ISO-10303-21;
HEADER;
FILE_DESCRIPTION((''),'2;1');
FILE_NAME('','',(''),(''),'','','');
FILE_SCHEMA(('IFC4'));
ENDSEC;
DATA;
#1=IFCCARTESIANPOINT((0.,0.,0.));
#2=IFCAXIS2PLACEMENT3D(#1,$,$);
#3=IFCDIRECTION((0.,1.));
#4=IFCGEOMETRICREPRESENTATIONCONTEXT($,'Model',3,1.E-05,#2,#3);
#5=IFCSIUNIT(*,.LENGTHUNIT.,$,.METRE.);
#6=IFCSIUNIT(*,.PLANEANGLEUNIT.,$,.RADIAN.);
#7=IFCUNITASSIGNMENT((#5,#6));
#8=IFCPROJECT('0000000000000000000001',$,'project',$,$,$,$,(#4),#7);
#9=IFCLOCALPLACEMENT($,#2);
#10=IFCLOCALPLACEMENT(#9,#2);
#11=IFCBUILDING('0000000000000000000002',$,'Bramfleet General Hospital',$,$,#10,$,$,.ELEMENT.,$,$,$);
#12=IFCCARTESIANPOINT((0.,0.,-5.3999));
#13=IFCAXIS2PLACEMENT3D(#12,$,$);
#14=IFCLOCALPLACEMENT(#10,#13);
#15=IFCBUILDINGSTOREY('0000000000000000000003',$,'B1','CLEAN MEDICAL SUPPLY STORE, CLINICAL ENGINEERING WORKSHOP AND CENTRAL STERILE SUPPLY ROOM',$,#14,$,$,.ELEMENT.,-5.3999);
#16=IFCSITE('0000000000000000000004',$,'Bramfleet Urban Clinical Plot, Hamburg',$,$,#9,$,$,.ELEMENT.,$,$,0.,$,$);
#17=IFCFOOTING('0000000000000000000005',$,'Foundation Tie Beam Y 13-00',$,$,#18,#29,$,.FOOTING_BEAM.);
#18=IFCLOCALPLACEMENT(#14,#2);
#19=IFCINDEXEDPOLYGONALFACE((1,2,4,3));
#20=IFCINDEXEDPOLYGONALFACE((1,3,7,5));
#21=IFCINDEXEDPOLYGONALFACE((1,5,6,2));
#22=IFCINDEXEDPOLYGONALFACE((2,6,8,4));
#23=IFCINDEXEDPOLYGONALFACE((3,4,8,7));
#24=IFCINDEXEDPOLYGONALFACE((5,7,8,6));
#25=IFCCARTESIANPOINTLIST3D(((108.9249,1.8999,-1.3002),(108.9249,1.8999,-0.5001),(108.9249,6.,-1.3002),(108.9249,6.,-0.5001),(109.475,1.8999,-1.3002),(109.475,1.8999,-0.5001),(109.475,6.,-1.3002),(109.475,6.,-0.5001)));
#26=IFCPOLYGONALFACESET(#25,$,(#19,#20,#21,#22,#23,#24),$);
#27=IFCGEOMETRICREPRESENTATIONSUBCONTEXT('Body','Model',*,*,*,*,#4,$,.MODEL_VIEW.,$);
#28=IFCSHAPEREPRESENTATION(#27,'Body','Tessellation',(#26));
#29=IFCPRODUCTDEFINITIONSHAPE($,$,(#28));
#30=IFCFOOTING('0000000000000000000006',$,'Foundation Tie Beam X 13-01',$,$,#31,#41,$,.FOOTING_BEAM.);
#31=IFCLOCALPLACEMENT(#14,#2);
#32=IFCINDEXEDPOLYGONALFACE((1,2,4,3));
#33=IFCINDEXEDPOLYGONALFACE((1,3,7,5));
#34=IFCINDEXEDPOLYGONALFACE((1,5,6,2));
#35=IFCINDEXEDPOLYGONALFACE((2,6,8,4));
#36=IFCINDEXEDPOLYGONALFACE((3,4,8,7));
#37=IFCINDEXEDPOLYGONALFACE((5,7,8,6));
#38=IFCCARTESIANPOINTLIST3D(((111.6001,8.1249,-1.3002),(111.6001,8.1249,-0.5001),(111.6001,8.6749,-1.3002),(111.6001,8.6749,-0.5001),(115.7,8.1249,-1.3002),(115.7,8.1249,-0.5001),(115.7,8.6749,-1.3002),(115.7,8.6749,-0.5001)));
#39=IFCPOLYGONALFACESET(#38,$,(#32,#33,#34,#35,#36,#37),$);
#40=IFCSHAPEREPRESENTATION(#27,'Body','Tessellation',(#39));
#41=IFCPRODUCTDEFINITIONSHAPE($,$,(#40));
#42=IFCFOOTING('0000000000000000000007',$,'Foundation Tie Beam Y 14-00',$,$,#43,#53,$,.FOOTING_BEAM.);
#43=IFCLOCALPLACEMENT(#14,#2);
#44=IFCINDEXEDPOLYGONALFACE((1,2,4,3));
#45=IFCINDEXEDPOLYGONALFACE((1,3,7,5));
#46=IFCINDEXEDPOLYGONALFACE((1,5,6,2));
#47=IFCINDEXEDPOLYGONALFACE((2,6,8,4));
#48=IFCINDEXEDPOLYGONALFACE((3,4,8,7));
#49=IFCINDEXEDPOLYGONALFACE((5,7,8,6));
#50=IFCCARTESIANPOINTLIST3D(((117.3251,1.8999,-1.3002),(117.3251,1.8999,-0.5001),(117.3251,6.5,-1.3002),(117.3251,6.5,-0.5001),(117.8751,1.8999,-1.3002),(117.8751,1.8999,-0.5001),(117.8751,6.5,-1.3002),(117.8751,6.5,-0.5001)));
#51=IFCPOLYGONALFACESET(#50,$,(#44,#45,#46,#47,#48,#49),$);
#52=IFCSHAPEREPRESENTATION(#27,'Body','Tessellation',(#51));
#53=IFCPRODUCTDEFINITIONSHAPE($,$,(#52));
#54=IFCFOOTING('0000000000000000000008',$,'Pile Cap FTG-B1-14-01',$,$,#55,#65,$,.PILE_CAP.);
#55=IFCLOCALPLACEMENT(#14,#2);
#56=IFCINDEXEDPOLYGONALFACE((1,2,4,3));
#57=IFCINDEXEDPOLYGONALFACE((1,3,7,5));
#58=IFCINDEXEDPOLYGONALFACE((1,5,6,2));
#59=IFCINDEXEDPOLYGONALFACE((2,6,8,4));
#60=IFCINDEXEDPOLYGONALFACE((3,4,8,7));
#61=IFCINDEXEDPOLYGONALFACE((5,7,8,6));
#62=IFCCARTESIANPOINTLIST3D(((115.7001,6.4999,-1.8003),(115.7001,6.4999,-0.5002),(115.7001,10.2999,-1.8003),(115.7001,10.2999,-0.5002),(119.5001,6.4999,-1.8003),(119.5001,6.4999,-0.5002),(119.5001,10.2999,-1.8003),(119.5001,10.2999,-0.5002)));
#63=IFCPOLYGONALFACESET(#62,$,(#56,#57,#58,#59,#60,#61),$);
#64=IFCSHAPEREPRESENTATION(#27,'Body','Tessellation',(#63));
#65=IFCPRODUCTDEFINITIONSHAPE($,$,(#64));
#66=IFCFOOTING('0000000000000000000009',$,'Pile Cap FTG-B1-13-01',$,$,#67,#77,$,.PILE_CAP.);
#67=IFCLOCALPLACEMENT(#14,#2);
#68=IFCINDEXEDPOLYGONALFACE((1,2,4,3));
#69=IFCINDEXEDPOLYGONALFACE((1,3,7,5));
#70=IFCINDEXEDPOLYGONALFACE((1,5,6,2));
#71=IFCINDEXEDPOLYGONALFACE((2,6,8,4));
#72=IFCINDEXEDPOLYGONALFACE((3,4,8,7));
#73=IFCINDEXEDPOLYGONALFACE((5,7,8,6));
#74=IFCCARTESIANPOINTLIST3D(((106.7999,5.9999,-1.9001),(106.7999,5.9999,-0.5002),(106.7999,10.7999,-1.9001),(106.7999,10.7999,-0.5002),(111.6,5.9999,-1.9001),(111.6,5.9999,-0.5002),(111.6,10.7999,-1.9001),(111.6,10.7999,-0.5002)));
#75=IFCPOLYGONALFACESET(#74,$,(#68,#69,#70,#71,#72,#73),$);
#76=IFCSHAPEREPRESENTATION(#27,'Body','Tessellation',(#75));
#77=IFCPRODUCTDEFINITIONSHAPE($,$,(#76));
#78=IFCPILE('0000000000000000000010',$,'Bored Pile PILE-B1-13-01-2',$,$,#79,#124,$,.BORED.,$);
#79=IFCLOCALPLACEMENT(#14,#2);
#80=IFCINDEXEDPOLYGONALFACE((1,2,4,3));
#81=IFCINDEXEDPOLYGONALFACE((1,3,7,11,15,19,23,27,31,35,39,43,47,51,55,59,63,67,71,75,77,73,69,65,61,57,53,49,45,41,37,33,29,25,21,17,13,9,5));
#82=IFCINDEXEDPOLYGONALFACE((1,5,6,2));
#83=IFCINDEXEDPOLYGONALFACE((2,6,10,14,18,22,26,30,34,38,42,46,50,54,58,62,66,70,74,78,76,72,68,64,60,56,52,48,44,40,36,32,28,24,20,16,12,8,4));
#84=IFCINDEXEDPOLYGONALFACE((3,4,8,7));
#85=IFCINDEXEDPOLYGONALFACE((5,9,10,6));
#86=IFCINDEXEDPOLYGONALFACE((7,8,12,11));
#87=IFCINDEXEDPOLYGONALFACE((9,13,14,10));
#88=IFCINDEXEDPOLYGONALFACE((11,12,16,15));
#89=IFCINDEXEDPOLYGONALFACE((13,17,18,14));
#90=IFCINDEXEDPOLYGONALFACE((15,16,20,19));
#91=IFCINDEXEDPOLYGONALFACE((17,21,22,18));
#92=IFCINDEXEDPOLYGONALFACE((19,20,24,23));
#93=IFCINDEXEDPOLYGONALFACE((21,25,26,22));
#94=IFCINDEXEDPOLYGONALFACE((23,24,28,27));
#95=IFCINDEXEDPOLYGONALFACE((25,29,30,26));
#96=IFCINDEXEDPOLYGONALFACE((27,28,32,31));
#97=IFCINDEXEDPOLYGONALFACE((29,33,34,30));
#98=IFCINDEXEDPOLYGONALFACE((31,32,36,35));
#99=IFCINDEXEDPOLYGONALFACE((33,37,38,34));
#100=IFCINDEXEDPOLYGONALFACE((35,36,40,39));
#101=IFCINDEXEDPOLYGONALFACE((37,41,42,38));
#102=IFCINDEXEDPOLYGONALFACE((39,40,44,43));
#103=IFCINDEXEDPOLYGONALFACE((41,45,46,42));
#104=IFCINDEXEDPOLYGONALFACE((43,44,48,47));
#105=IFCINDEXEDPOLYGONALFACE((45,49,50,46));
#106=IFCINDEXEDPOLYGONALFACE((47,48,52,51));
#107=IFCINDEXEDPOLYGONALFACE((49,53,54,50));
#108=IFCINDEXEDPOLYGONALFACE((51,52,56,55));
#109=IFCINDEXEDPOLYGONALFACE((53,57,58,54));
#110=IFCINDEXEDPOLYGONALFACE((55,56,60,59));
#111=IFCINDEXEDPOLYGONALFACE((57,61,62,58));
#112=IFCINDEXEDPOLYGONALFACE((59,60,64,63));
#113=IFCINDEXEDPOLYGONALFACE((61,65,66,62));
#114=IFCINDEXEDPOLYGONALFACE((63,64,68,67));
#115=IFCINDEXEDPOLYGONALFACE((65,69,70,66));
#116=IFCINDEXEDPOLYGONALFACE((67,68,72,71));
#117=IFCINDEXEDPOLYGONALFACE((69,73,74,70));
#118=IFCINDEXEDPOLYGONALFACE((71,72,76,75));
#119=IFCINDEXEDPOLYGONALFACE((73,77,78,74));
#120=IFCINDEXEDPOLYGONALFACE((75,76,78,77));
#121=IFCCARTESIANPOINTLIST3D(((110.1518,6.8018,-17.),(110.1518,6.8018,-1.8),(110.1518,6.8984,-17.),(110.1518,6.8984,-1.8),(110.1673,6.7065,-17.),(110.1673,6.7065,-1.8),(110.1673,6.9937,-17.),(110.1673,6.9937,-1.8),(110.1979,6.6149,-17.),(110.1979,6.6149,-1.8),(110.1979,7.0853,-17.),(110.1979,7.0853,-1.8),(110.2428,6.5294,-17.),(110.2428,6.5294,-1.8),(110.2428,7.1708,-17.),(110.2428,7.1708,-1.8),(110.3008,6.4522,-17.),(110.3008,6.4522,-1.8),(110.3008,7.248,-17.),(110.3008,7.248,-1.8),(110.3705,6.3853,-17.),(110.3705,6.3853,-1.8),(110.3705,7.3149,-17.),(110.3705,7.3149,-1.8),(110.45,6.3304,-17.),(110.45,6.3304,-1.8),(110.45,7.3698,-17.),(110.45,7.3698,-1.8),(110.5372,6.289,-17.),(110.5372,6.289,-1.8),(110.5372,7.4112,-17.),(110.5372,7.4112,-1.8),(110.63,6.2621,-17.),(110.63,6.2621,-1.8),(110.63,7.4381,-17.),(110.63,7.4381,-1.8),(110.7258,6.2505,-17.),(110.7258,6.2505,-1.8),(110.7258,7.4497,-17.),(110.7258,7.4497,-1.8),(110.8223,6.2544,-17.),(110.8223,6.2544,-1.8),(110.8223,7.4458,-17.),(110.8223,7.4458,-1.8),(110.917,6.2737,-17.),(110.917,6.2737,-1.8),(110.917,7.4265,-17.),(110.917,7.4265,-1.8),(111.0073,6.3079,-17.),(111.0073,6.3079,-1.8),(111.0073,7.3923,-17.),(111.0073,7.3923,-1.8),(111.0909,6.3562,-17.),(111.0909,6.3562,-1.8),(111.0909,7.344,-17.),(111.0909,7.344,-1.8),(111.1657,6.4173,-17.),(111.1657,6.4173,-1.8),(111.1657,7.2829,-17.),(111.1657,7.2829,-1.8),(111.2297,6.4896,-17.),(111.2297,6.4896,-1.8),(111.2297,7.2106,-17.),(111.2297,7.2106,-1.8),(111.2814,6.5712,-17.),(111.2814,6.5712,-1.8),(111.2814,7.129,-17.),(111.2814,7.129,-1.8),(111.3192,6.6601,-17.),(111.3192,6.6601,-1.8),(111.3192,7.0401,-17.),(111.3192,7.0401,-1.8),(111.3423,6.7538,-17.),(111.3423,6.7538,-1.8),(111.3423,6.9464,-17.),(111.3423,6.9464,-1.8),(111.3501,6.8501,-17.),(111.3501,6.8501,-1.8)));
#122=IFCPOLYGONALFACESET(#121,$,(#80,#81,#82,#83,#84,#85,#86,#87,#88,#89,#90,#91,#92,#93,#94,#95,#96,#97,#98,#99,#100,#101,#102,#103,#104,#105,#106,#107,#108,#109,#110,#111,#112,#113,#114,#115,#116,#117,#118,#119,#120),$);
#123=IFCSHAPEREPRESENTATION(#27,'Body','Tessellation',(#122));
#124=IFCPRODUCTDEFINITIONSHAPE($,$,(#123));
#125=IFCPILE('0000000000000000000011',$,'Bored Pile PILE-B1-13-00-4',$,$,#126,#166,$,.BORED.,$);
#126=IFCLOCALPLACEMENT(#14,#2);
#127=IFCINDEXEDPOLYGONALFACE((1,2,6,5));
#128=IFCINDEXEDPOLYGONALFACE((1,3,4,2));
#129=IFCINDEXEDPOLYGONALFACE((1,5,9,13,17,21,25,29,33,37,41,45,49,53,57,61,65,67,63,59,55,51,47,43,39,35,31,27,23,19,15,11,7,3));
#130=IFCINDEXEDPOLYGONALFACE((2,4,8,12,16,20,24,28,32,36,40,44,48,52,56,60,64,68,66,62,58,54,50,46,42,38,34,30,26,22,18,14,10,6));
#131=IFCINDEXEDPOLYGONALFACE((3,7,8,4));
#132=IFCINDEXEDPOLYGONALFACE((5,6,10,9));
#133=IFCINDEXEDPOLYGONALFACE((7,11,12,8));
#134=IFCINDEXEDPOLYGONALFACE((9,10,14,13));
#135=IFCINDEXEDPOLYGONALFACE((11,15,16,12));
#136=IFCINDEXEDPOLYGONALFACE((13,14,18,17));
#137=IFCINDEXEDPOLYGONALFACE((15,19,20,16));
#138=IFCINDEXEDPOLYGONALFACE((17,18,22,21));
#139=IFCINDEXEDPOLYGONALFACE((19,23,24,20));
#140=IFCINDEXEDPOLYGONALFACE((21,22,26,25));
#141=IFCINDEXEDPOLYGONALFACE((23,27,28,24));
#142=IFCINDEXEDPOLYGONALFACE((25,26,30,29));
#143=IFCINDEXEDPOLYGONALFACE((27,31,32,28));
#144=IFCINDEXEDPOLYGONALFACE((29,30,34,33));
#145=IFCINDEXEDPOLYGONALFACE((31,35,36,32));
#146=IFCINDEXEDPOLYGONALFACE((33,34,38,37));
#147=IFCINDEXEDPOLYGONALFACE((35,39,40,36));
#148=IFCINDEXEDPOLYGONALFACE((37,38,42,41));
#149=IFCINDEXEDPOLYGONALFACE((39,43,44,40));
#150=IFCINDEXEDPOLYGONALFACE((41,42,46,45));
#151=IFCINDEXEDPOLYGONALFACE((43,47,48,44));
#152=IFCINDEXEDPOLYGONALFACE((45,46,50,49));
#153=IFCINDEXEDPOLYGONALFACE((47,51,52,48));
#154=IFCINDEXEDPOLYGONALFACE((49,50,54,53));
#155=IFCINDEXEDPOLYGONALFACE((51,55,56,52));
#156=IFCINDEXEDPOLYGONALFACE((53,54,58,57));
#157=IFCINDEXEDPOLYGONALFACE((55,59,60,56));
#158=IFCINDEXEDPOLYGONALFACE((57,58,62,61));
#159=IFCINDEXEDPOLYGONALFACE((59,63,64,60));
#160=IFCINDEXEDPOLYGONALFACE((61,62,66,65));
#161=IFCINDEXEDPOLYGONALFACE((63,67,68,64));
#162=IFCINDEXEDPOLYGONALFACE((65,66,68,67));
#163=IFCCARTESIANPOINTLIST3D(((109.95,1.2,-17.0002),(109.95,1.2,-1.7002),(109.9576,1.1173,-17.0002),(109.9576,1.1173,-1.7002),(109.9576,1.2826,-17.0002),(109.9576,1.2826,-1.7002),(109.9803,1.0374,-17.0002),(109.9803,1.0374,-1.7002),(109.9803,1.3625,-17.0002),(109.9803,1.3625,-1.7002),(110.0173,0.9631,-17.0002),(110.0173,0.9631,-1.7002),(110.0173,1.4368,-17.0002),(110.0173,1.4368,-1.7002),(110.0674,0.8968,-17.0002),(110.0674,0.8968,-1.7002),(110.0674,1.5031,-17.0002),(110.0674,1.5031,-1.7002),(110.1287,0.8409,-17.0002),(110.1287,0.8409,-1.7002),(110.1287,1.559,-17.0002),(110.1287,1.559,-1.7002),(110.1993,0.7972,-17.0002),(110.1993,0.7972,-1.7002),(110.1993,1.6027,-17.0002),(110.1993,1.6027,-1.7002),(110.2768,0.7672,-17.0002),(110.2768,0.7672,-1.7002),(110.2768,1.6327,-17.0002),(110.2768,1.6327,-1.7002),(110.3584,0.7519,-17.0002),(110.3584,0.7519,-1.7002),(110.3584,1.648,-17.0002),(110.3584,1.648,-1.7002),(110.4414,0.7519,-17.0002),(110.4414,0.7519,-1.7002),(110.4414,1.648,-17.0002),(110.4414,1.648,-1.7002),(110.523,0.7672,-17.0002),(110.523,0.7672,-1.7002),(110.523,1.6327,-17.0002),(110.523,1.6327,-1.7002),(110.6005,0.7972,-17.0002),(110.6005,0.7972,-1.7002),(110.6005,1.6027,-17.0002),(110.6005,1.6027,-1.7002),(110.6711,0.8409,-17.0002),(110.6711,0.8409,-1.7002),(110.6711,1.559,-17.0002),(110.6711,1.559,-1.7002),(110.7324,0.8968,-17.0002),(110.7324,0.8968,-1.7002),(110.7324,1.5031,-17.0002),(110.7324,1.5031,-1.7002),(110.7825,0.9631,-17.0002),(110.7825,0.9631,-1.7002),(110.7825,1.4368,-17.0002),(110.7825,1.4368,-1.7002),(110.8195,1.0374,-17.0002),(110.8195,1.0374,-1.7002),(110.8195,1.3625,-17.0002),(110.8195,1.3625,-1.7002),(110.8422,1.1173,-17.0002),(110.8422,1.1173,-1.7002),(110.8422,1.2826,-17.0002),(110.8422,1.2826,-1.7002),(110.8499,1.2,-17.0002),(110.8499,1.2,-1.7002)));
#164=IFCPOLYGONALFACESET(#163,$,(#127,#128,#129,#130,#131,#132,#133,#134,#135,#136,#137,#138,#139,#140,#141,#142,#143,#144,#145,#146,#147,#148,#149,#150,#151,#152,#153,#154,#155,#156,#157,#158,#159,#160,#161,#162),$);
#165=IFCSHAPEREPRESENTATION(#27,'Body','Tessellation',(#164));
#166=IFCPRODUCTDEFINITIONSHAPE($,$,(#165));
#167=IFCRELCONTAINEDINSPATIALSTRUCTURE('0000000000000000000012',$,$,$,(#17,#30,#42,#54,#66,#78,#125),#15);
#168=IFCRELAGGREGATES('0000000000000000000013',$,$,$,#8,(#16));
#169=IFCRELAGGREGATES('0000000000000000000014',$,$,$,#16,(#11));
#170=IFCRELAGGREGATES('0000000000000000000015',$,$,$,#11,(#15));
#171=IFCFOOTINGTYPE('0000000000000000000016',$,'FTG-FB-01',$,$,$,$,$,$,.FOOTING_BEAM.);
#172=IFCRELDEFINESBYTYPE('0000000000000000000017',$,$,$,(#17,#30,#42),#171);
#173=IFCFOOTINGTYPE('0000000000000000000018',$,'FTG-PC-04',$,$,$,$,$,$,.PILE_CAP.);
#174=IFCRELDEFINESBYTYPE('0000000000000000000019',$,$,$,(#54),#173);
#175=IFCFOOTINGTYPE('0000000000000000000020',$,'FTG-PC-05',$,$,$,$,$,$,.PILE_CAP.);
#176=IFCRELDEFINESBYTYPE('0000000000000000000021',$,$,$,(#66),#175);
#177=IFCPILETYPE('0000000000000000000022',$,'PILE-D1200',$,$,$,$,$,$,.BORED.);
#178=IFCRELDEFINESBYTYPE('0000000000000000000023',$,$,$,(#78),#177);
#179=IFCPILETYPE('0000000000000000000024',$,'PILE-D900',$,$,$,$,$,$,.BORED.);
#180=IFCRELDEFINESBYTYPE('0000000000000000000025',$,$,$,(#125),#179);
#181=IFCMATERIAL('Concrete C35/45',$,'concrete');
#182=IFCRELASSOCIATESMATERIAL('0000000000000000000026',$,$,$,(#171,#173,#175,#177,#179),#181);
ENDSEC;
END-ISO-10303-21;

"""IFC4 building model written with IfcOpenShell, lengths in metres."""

from ifc_helpers import new_model, si_unit, direction, frame, origin, origin_2d, place, context, subcontext, project, spatial, rectangle, circle, extrude, material, material_profile, profile_set, type_object, element, save


model = new_model("IFC4")

# Units and contexts
model_context = context("Model", 3, precision=1e-05, world=origin(), true_north=direction((0.0, 1.0)))
body_context = subcontext(model_context, "Body", "Model", "MODEL_VIEW")
ifc_project = project(units=[si_unit("LENGTHUNIT", "METRE"), si_unit("PLANEANGLEUNIT", "RADIAN")], contexts=[model_context])

# Site, building, storey
site_placement = place(None, origin())
site = spatial("IfcSite", under=ifc_project, at=site_placement, Name="Bramfleet Urban Clinical Plot, Hamburg", CompositionType="ELEMENT", RefElevation=0.0)
building_placement = place(site_placement, origin())
building = spatial("IfcBuilding", under=site, at=building_placement, Name="Bramfleet General Hospital", CompositionType="ELEMENT")
storey_placement = place(building_placement, frame((0.0, 0.0, -5.3999)))
storey = spatial("IfcBuildingStorey", under=building, at=storey_placement, Name="B1", Description="CLEAN MEDICAL SUPPLY STORE, CLINICAL ENGINEERING WORKSHOP AND CENTRAL STERILE SUPPLY ROOM", CompositionType="ELEMENT", Elevation=-5.3999)

# Footings
ifc_material_1 = material(Name="Concrete C35/45", Category="concrete")
ifc_material_profile_1 = material_profile(ifc_material_1, rectangle(XDim=0.55, YDim=0.8, at=origin_2d()), Name="RC FB 800x550")
ifc_profile_set_1 = profile_set([ifc_material_profile_1], Name="Concrete C35/45")
footing_type_1 = type_object("IfcFootingType", Name="FTG-FB-01", PredefinedType="FOOTING_BEAM", material=ifc_profile_set_1)
footing_1_placement = place(storey_placement, frame((109.2, 1.8999, -0.9001), z_axis=(0.0, 1.0, 0.0), x_axis=(-1.0, 0.0, 0.0)))
element("IfcFooting", 1, at=footing_1_placement, inside=storey, type_object=footing_type_1, Name="Foundation Tie Beam Y 13-00", PredefinedType="FOOTING_BEAM", context=body_context, shape_type="SweptSolid", body=[
    extrude(rectangle(XDim=0.55, YDim=0.8, at=origin_2d()), origin(), (0.0, 0.0, 1.0), 4.1001),
])
footing_2_placement = place(storey_placement, frame((111.6001, 8.3999, -0.9001), z_axis=(1.0, 0.0, 0.0), x_axis=(0.0, 1.0, 0.0)))
element("IfcFooting", 2, at=footing_2_placement, inside=storey, type_object=footing_type_1, Name="Foundation Tie Beam X 13-01", PredefinedType="FOOTING_BEAM", context=body_context, shape_type="SweptSolid", body=[
    extrude(rectangle(XDim=0.55, YDim=0.8, at=origin_2d()), origin(), (0.0, 0.0, 1.0), 4.0999),
])
footing_3_placement = place(storey_placement, frame((117.6001, 1.8999, -0.9001), z_axis=(0.0, 1.0, 0.0), x_axis=(-1.0, 0.0, 0.0)))
element("IfcFooting", 3, at=footing_3_placement, inside=storey, type_object=footing_type_1, Name="Foundation Tie Beam Y 14-00", PredefinedType="FOOTING_BEAM", context=body_context, shape_type="SweptSolid", body=[
    extrude(rectangle(XDim=0.55, YDim=0.8, at=origin_2d()), origin(), (0.0, 0.0, 1.0), 4.6001),
])
footing_type_2 = type_object("IfcFootingType", Name="FTG-PC-04", PredefinedType="PILE_CAP", material=ifc_material_1)
footing_4_placement = place(storey_placement, frame((117.6001, 8.3999, -1.8003), z_axis=(0.0, 0.0, 1.0), x_axis=(1.0, 0.0, 0.0)))
element("IfcFooting", 4, at=footing_4_placement, inside=storey, type_object=footing_type_2, Name="Pile Cap FTG-B1-14-01", PredefinedType="PILE_CAP", context=body_context, shape_type="SweptSolid", body=[
    extrude(rectangle(XDim=3.8, YDim=3.8, at=origin_2d()), origin(), (0.0, 0.0, 1.0), 1.3),
])
footing_type_3 = type_object("IfcFootingType", Name="FTG-PC-05", PredefinedType="PILE_CAP", material=ifc_material_1)
footing_5_placement = place(storey_placement, frame((109.2, 8.3999, -1.9001), z_axis=(0.0, 0.0, 1.0), x_axis=(1.0, 0.0, 0.0)))
element("IfcFooting", 5, at=footing_5_placement, inside=storey, type_object=footing_type_3, Name="Pile Cap FTG-B1-13-01", PredefinedType="PILE_CAP", context=body_context, shape_type="SweptSolid", body=[
    extrude(rectangle(XDim=4.8, YDim=4.8, at=origin_2d()), origin(), (0.0, 0.0, 1.0), 1.3999),
])

# Piles
ifc_material_profile_2 = material_profile(ifc_material_1, circle(Radius=0.6001, at=origin_2d()), Name="PILE BORED D1200")
ifc_profile_set_2 = profile_set([ifc_material_profile_2], Name="Concrete C35/45")
pile_type_1 = type_object("IfcPileType", Name="PILE-D1200", PredefinedType="BORED", material=ifc_profile_set_2)
pile_placement = place(storey_placement, frame((110.75, 6.8501, -1.8), z_axis=(0.0, 0.0, -1.0), x_axis=(1.0, 0.0, 0.0)))
element("IfcPile", 6, at=pile_placement, inside=storey, type_object=pile_type_1, Name="Bored Pile PILE-B1-13-01-2", PredefinedType="BORED", context=body_context, shape_type="SweptSolid", body=[
    extrude(circle(Radius=0.6001, at=origin_2d()), origin(), (0.0, 0.0, 1.0), 15.2),
])
ifc_material_profile_3 = material_profile(ifc_material_1, circle(Radius=0.45, at=origin_2d()), Name="PILE BORED D900")
ifc_profile_set_3 = profile_set([ifc_material_profile_3], Name="Concrete C35/45")
pile_type_2 = type_object("IfcPileType", Name="PILE-D900", PredefinedType="BORED", material=ifc_profile_set_3)
for number, where, z_axis, x_axis, name in (
    (7, (110.3999, 1.2, -1.7002), (0.0, 0.0, -1.0), (1.0, 0.0, 0.0), "Bored Pile PILE-B1-13-00-4"),
):
    element("IfcPile", number, at=place(storey_placement, frame(where, z_axis=z_axis, x_axis=x_axis)), inside=storey, type_object=pile_type_2, Name=name, PredefinedType="BORED", context=body_context, shape_type="SweptSolid", body=[
        extrude(circle(Radius=0.45, at=origin_2d()), origin(), (0.0, 0.0, 1.0), 15.3),
    ])

save(model, "model.ifc")
